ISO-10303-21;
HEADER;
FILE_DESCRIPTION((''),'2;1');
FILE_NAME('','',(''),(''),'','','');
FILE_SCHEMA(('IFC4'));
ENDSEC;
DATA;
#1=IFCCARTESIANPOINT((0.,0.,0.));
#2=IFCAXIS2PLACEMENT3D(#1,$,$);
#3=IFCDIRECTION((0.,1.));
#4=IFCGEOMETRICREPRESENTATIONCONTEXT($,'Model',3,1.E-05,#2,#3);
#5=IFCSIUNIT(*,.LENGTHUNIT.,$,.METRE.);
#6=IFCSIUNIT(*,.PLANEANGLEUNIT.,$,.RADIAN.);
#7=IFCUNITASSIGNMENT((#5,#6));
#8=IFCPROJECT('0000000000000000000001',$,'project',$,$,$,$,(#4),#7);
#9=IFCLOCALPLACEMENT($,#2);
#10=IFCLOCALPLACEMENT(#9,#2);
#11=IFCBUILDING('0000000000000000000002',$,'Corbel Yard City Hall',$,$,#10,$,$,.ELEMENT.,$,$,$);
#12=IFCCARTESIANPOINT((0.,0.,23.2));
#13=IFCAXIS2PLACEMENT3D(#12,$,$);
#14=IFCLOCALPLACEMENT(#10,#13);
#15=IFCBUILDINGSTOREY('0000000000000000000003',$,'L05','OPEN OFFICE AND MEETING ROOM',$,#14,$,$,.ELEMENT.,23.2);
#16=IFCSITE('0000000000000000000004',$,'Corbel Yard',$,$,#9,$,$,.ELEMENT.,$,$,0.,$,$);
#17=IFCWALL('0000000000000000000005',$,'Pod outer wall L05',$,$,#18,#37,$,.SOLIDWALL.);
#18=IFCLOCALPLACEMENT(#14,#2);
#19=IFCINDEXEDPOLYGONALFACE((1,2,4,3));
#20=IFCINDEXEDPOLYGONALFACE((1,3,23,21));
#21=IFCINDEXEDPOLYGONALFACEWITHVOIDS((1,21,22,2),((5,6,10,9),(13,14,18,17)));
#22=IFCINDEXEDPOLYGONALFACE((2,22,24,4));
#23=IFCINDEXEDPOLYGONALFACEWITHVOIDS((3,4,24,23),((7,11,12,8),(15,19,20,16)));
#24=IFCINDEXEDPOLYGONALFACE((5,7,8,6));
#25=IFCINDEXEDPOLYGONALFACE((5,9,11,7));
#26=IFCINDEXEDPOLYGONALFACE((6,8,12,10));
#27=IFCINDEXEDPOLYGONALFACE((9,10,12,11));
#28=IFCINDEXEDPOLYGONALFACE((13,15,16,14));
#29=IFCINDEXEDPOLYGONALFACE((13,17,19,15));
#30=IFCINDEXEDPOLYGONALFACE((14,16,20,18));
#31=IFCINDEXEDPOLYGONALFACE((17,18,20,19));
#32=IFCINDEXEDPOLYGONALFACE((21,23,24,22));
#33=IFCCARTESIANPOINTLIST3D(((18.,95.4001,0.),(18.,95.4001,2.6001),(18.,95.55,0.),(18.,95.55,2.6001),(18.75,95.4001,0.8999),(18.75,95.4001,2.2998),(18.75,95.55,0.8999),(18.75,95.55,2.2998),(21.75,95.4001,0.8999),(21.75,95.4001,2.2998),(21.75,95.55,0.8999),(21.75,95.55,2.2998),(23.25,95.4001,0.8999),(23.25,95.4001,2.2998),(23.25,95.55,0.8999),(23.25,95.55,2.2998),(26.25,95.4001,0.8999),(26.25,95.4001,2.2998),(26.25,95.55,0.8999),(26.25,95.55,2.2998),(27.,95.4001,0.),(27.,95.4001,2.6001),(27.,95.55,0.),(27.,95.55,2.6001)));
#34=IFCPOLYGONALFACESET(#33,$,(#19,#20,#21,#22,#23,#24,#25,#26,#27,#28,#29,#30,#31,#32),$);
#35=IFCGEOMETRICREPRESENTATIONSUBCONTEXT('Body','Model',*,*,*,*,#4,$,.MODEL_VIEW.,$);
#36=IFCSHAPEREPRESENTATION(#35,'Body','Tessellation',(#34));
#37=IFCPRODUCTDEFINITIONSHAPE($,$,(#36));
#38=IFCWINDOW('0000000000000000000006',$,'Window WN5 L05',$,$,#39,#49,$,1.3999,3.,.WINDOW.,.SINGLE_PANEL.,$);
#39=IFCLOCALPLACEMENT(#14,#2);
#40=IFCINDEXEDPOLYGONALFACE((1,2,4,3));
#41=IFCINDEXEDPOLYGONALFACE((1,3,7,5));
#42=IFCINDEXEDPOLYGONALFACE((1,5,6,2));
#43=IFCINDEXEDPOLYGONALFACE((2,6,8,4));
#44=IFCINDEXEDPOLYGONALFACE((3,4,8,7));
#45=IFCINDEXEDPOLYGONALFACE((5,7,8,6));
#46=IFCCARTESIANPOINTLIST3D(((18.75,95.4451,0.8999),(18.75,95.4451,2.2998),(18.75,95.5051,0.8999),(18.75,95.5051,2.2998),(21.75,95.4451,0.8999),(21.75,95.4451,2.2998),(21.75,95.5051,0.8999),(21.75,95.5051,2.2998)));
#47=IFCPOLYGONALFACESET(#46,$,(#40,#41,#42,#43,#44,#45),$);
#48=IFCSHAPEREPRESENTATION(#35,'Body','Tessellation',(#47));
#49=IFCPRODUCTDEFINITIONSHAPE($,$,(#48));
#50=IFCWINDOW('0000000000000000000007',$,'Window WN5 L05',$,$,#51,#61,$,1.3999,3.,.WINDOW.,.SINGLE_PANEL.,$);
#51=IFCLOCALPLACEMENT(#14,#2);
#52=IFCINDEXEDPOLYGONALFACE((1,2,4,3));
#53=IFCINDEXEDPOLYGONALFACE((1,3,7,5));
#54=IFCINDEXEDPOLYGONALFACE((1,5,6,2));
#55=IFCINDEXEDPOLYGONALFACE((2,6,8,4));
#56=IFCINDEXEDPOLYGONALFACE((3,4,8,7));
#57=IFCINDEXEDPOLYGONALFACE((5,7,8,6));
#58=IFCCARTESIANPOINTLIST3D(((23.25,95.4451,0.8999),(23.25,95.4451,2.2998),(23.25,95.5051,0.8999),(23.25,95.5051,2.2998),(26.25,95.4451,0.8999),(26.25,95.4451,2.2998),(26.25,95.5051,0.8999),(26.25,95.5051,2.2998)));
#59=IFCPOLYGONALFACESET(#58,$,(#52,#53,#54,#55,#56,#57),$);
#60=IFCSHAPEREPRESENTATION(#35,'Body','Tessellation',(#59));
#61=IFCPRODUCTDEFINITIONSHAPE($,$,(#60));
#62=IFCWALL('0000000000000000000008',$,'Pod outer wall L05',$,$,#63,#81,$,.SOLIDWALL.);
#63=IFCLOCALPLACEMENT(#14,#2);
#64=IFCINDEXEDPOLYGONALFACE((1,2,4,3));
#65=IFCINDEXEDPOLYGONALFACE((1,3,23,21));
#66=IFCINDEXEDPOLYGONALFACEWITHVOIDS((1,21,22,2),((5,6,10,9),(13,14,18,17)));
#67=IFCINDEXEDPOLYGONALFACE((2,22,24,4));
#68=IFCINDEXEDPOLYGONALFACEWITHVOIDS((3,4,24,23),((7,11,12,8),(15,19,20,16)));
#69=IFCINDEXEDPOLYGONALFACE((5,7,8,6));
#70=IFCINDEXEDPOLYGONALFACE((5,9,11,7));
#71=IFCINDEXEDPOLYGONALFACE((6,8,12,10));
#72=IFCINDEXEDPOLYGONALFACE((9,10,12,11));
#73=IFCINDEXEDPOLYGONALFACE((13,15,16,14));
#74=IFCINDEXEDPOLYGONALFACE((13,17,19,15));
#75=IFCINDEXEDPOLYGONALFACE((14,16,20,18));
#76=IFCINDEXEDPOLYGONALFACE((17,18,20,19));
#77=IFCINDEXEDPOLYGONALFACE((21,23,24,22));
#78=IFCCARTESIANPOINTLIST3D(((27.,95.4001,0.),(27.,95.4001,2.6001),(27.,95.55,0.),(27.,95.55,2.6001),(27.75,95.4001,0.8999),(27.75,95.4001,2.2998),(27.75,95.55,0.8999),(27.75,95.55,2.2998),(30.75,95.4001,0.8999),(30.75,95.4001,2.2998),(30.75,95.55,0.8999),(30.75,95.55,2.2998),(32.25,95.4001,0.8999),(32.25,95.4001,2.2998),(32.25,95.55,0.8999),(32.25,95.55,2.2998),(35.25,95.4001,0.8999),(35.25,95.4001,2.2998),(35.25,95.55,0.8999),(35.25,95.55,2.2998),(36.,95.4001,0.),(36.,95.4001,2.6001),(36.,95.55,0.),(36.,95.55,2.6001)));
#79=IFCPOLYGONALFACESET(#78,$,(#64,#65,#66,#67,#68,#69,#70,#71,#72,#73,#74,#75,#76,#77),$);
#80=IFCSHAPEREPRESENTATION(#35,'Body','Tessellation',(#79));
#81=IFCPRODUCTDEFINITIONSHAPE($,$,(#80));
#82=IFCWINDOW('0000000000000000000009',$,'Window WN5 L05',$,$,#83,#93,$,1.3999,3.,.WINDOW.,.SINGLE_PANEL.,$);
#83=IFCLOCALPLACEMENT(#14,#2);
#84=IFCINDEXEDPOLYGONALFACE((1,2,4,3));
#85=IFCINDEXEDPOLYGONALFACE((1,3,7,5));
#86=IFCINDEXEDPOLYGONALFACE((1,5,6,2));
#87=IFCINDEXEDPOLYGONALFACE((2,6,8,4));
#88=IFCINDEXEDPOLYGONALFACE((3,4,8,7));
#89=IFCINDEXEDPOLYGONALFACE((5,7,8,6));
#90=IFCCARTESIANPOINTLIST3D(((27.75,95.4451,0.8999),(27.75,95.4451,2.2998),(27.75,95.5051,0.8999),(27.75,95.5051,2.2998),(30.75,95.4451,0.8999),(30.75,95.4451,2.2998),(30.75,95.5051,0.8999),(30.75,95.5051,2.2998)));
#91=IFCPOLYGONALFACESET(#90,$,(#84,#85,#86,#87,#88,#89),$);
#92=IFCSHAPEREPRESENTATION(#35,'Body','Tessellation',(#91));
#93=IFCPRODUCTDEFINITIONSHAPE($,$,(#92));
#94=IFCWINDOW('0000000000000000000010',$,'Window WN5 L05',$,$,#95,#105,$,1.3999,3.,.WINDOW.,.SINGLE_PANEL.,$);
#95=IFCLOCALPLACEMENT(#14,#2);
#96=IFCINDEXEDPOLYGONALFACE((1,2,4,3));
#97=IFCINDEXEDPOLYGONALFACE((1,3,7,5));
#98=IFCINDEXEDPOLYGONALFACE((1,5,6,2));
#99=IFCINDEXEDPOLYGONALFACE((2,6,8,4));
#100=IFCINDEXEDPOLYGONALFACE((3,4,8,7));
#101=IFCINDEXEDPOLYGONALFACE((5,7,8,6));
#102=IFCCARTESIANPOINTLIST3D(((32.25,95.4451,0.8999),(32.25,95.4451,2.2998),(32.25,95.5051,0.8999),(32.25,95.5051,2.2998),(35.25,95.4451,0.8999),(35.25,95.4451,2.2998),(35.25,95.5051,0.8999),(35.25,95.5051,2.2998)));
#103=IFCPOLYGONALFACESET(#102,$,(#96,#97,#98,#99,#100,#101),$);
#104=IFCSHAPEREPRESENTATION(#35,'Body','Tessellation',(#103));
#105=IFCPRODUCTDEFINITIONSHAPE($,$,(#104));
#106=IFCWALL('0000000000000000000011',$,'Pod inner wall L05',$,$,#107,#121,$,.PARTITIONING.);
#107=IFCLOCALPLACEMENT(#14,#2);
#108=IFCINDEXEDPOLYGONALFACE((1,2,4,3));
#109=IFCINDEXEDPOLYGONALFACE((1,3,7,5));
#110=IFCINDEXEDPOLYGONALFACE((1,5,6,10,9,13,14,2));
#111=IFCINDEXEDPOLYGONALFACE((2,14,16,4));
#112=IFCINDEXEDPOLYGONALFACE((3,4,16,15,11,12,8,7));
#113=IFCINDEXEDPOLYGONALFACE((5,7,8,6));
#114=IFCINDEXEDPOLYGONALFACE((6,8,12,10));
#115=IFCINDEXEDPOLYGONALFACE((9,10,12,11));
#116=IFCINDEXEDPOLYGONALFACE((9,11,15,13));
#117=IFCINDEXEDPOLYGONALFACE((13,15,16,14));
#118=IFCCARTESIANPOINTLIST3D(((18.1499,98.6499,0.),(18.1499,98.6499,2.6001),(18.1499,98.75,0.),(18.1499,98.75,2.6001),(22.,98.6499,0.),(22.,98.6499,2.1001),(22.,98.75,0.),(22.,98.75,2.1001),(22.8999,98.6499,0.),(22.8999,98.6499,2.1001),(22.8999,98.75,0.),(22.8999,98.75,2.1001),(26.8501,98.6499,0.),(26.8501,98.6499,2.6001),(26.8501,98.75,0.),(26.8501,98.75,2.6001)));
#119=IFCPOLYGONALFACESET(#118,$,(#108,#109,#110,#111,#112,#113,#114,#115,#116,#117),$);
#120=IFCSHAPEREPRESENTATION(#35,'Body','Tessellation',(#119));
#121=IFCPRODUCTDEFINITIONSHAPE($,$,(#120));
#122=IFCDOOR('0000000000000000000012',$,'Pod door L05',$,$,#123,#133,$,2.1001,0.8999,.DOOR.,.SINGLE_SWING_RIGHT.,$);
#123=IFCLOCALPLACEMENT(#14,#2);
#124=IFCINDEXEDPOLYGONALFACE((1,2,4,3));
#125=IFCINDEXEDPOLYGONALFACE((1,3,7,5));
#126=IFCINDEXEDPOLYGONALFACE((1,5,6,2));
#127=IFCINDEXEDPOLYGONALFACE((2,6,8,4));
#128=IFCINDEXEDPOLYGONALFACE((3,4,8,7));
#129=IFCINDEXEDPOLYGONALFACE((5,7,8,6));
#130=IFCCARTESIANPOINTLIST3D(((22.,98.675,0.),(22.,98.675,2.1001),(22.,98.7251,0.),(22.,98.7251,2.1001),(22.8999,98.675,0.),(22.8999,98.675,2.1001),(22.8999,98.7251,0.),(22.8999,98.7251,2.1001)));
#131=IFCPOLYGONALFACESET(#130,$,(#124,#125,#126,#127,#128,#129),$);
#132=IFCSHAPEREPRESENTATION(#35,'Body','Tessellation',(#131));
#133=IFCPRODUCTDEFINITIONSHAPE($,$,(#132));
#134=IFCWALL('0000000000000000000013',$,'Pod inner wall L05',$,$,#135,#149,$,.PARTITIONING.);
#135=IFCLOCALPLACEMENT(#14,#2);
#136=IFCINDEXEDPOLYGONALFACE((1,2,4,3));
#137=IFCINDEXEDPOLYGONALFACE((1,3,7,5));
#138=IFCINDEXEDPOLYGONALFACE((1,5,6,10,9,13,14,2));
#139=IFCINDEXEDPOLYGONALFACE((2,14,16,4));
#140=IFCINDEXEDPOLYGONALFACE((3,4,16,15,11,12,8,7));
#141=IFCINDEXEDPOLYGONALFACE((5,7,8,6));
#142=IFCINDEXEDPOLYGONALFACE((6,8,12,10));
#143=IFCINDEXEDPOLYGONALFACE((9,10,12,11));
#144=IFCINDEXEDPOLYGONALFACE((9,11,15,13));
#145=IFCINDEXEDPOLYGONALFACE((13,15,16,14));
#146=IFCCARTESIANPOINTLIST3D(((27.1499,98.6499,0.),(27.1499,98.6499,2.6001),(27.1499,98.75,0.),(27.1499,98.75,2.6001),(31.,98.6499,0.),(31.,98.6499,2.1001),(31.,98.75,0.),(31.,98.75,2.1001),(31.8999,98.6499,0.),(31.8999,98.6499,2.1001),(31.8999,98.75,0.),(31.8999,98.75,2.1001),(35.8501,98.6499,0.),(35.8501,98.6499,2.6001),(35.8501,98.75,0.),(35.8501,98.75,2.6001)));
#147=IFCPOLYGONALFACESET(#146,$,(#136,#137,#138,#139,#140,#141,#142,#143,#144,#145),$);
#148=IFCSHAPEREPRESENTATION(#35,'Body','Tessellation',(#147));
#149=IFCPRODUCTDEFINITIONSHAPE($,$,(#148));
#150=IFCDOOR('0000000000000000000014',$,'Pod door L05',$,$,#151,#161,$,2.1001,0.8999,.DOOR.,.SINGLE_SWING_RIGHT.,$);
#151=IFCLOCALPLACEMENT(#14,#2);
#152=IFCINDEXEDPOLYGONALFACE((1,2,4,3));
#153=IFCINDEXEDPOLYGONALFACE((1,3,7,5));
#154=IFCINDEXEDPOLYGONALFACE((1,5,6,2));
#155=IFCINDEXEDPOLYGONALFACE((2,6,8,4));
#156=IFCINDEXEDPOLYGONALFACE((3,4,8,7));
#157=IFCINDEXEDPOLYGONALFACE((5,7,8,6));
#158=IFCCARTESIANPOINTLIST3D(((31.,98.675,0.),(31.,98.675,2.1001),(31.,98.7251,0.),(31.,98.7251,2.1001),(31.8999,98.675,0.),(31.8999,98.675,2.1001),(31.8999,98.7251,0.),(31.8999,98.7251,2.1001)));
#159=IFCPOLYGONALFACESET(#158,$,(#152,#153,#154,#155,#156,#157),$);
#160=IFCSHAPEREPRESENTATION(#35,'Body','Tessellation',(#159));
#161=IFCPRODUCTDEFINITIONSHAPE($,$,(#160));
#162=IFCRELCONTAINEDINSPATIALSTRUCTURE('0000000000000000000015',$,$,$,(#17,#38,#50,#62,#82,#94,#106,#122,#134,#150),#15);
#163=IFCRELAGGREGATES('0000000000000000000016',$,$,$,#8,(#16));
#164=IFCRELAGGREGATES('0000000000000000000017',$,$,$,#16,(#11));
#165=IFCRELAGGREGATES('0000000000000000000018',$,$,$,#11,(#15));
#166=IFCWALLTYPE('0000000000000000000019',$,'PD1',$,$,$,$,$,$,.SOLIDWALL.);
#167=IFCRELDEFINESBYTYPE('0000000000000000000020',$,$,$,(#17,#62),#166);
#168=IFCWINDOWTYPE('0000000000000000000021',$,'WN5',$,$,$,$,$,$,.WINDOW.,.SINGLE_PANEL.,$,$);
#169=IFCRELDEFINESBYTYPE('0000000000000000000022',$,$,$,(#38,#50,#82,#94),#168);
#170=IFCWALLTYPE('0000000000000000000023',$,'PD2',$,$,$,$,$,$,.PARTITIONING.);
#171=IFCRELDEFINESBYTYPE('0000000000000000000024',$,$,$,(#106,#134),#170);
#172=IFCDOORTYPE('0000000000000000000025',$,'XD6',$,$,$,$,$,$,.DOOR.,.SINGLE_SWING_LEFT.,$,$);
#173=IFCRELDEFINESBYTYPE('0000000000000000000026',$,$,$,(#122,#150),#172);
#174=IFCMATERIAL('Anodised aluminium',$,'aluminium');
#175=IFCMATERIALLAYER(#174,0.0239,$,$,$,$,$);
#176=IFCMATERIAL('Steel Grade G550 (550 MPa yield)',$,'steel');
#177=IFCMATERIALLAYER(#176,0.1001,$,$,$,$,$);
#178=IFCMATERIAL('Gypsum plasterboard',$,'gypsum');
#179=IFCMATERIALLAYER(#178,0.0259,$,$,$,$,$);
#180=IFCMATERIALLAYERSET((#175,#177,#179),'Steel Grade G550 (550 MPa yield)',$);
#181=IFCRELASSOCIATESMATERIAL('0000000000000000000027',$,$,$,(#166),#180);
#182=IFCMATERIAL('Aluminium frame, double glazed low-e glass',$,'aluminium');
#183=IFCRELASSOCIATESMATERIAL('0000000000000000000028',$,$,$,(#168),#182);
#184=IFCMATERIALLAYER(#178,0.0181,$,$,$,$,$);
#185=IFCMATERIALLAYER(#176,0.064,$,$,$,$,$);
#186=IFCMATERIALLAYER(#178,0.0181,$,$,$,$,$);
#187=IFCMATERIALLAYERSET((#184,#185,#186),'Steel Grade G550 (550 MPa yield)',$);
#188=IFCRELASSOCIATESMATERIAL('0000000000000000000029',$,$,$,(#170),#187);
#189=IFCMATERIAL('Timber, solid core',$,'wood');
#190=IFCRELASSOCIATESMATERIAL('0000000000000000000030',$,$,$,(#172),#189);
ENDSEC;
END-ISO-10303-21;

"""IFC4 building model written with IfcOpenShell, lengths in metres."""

from ifc_helpers import new_model, si_unit, direction, frame, frame_2d, origin, place, context, subcontext, project, spatial, rectangle, extrude, material, layer, layer_set, type_object, element, fill, save


model = new_model("IFC4")

# Units and contexts
model_context = context("Model", 3, precision=1e-05, world=origin(), true_north=direction((0.0, 1.0)))
body_context = subcontext(model_context, "Body", "Model", "MODEL_VIEW")
ifc_project = project(units=[si_unit("LENGTHUNIT", "METRE"), si_unit("PLANEANGLEUNIT", "RADIAN")], contexts=[model_context])

# Site, building, storey
site_placement = place(None, origin())
site = spatial("IfcSite", under=ifc_project, at=site_placement, Name="Corbel Yard", CompositionType="ELEMENT", RefElevation=0.0)
building_placement = place(site_placement, origin())
building = spatial("IfcBuilding", under=site, at=building_placement, Name="Corbel Yard City Hall", CompositionType="ELEMENT")
storey_placement = place(building_placement, frame((0.0, 0.0, 23.2)))
storey = spatial("IfcBuildingStorey", under=building, at=storey_placement, Name="L05", Description="OPEN OFFICE AND MEETING ROOM", CompositionType="ELEMENT", Elevation=23.2)

# Walls, openings, windows
ifc_material_1 = material(Name="Anodised aluminium", Category="aluminium")
ifc_layer_1 = layer(ifc_material_1, 0.0239)
ifc_material_2 = material(Name="Steel Grade G550 (550 MPa yield)", Category="steel")
ifc_layer_2 = layer(ifc_material_2, 0.1001)
ifc_material_3 = material(Name="Gypsum plasterboard", Category="gypsum")
ifc_layer_3 = layer(ifc_material_3, 0.0259)
ifc_layer_set_1 = layer_set([ifc_layer_1, ifc_layer_2, ifc_layer_3], Name="Steel Grade G550 (550 MPa yield)")
wall_type_1 = type_object("IfcWallType", Name="PD1", PredefinedType="SOLIDWALL", material=ifc_layer_set_1)
wall_1_placement = place(storey_placement, frame((18.0, 95.4751, 0.0), z_axis=(0.0, 0.0, 1.0), x_axis=(1.0, 0.0, 0.0)))
wall_1 = element("IfcWall", 1, at=wall_1_placement, inside=storey, type_object=wall_type_1, Name="Pod outer wall L05", PredefinedType="SOLIDWALL", context=body_context, shape_type="SweptSolid", body=[
    extrude(rectangle(XDim=9.0, YDim=0.1499, at=frame_2d((4.5, 0.0))), origin(), (0.0, 0.0, 1.0), 2.6001),
])
opening_1_placement = place(wall_1_placement, frame((0.75, 0.0, 0.8999)))
opening_1 = element("IfcOpeningElement", 2, at=opening_1_placement, cuts=wall_1, PredefinedType="OPENING", context=body_context, shape_type="SweptSolid", body=[
    extrude(rectangle(XDim=3.0, YDim=1.3999, at=frame_2d((1.5, 0.7))), frame((0.0, 0.085, 0.0), z_axis=(0.0, -1.0, 0.0), x_axis=(1.0, 0.0, 0.0)), (0.0, 0.0, 1.0), 0.1699),
])
opening_2_placement = place(wall_1_placement, frame((5.25, 0.0, 0.8999)))
opening_2 = element("IfcOpeningElement", 3, at=opening_2_placement, cuts=wall_1, PredefinedType="OPENING", context=body_context, shape_type="SweptSolid", body=[
    extrude(rectangle(XDim=3.0, YDim=1.3999, at=frame_2d((1.5, 0.7))), frame((0.0, 0.085, 0.0), z_axis=(0.0, -1.0, 0.0), x_axis=(1.0, 0.0, 0.0)), (0.0, 0.0, 1.0), 0.1699),
])
ifc_material_4 = material(Name="Aluminium frame, double glazed low-e glass", Category="aluminium")
window_type_1 = type_object("IfcWindowType", Name="WN5", PartitioningType="SINGLE_PANEL", PredefinedType="WINDOW", material=ifc_material_4)
window_1_placement = place(opening_1_placement, origin())
window_1 = element("IfcWindow", 4, at=window_1_placement, inside=storey, type_object=window_type_1, Name="Window WN5 L05", OverallHeight=1.3999, OverallWidth=3.0, PartitioningType="SINGLE_PANEL", PredefinedType="WINDOW", context=body_context, shape_type="SweptSolid", body=[
    extrude(rectangle(XDim=3.0, YDim=1.3999, at=frame_2d((1.5, 0.7))), frame((0.0, 0.03, 0.0), z_axis=(0.0, -1.0, 0.0), x_axis=(1.0, 0.0, 0.0)), (0.0, 0.0, 1.0), 0.0601),
])
fill(opening_1, window_1)
window_2_placement = place(opening_2_placement, origin())
window_2 = element("IfcWindow", 5, at=window_2_placement, inside=storey, type_object=window_type_1, Name="Window WN5 L05", OverallHeight=1.3999, OverallWidth=3.0, PartitioningType="SINGLE_PANEL", PredefinedType="WINDOW", context=body_context, shape_type="SweptSolid", body=[
    extrude(rectangle(XDim=3.0, YDim=1.3999, at=frame_2d((1.5, 0.7))), frame((0.0, 0.03, 0.0), z_axis=(0.0, -1.0, 0.0), x_axis=(1.0, 0.0, 0.0)), (0.0, 0.0, 1.0), 0.0601),
])
fill(opening_2, window_2)
wall_2_placement = place(storey_placement, frame((27.0, 95.4751, 0.0), z_axis=(0.0, 0.0, 1.0), x_axis=(1.0, 0.0, 0.0)))
wall_2 = element("IfcWall", 6, at=wall_2_placement, inside=storey, type_object=wall_type_1, Name="Pod outer wall L05", PredefinedType="SOLIDWALL", context=body_context, shape_type="SweptSolid", body=[
    extrude(rectangle(XDim=9.0, YDim=0.1499, at=frame_2d((4.5, 0.0))), origin(), (0.0, 0.0, 1.0), 2.6001),
])
opening_3_placement = place(wall_2_placement, frame((0.75, 0.0, 0.8999)))
opening_3 = element("IfcOpeningElement", 7, at=opening_3_placement, cuts=wall_2, PredefinedType="OPENING", context=body_context, shape_type="SweptSolid", body=[
    extrude(rectangle(XDim=3.0, YDim=1.3999, at=frame_2d((1.5, 0.7))), frame((0.0, 0.085, 0.0), z_axis=(0.0, -1.0, 0.0), x_axis=(1.0, 0.0, 0.0)), (0.0, 0.0, 1.0), 0.1699),
])
opening_4_placement = place(wall_2_placement, frame((5.25, 0.0, 0.8999)))
opening_4 = element("IfcOpeningElement", 8, at=opening_4_placement, cuts=wall_2, PredefinedType="OPENING", context=body_context, shape_type="SweptSolid", body=[
    extrude(rectangle(XDim=3.0, YDim=1.3999, at=frame_2d((1.5, 0.7))), frame((0.0, 0.085, 0.0), z_axis=(0.0, -1.0, 0.0), x_axis=(1.0, 0.0, 0.0)), (0.0, 0.0, 1.0), 0.1699),
])
window_3_placement = place(opening_3_placement, origin())
window_3 = element("IfcWindow", 9, at=window_3_placement, inside=storey, type_object=window_type_1, Name="Window WN5 L05", OverallHeight=1.3999, OverallWidth=3.0, PartitioningType="SINGLE_PANEL", PredefinedType="WINDOW", context=body_context, shape_type="SweptSolid", body=[
    extrude(rectangle(XDim=3.0, YDim=1.3999, at=frame_2d((1.5, 0.7))), frame((0.0, 0.03, 0.0), z_axis=(0.0, -1.0, 0.0), x_axis=(1.0, 0.0, 0.0)), (0.0, 0.0, 1.0), 0.0601),
])
fill(opening_3, window_3)
window_4_placement = place(opening_4_placement, origin())
window_4 = element("IfcWindow", 10, at=window_4_placement, inside=storey, type_object=window_type_1, Name="Window WN5 L05", OverallHeight=1.3999, OverallWidth=3.0, PartitioningType="SINGLE_PANEL", PredefinedType="WINDOW", context=body_context, shape_type="SweptSolid", body=[
    extrude(rectangle(XDim=3.0, YDim=1.3999, at=frame_2d((1.5, 0.7))), frame((0.0, 0.03, 0.0), z_axis=(0.0, -1.0, 0.0), x_axis=(1.0, 0.0, 0.0)), (0.0, 0.0, 1.0), 0.0601),
])
fill(opening_4, window_4)

# Walls, openings, doors
ifc_layer_4 = layer(ifc_material_3, 0.0181)
ifc_layer_5 = layer(ifc_material_2, 0.064)
ifc_layer_6 = layer(ifc_material_3, 0.0181)
ifc_layer_set_2 = layer_set([ifc_layer_4, ifc_layer_5, ifc_layer_6], Name="Steel Grade G550 (550 MPa yield)")
wall_type_2 = type_object("IfcWallType", Name="PD2", PredefinedType="PARTITIONING", material=ifc_layer_set_2)
wall_3_placement = place(storey_placement, frame((18.1499, 98.7, 0.0), z_axis=(0.0, 0.0, 1.0), x_axis=(1.0, 0.0, 0.0)))
wall_3 = element("IfcWall", 11, at=wall_3_placement, inside=storey, type_object=wall_type_2, Name="Pod inner wall L05", PredefinedType="PARTITIONING", context=body_context, shape_type="SweptSolid", body=[
    extrude(rectangle(XDim=8.7002, YDim=0.1001, at=frame_2d((4.3501, 0.0))), origin(), (0.0, 0.0, 1.0), 2.6001),
])
opening_5_placement = place(wall_3_placement, frame((3.8501, 0.0, 0.0)))
opening_5 = element("IfcOpeningElement", 12, at=opening_5_placement, cuts=wall_3, PredefinedType="OPENING", context=body_context, shape_type="SweptSolid", body=[
    extrude(rectangle(XDim=0.8999, YDim=2.1001, at=frame_2d((0.45, 1.05))), frame((0.0, 0.0601, 0.0), z_axis=(0.0, -1.0, 0.0), x_axis=(1.0, 0.0, 0.0)), (0.0, 0.0, 1.0), 0.1201),
])
ifc_material_5 = material(Name="Timber, solid core", Category="wood")
door_type = type_object("IfcDoorType", Name="XD6", OperationType="SINGLE_SWING_LEFT", PredefinedType="DOOR", material=ifc_material_5)
door_1_placement = place(opening_5_placement, frame((0.8999, 0.0, 0.0), z_axis=(0.0, 0.0, 1.0), x_axis=(-1.0, 0.0, 0.0)))
door_1 = element("IfcDoor", 13, at=door_1_placement, inside=storey, type_object=door_type, Name="Pod door L05", OperationType="SINGLE_SWING_RIGHT", OverallHeight=2.1001, OverallWidth=0.8999, PredefinedType="DOOR", context=body_context, shape_type="SweptSolid", body=[
    extrude(rectangle(XDim=0.8999, YDim=2.1001, at=frame_2d((0.45, 1.05))), frame((0.0, 0.0249, 0.0), z_axis=(0.0, -1.0, 0.0), x_axis=(1.0, 0.0, 0.0)), (0.0, 0.0, 1.0), 0.05),
])
fill(opening_5, door_1)
wall_4_placement = place(storey_placement, frame((27.1499, 98.7, 0.0), z_axis=(0.0, 0.0, 1.0), x_axis=(1.0, 0.0, 0.0)))
wall_4 = element("IfcWall", 14, at=wall_4_placement, inside=storey, type_object=wall_type_2, Name="Pod inner wall L05", PredefinedType="PARTITIONING", context=body_context, shape_type="SweptSolid", body=[
    extrude(rectangle(XDim=8.7002, YDim=0.1001, at=frame_2d((4.3501, 0.0))), origin(), (0.0, 0.0, 1.0), 2.6001),
])
opening_6_placement = place(wall_4_placement, frame((3.8501, 0.0, 0.0)))
opening_6 = element("IfcOpeningElement", 15, at=opening_6_placement, cuts=wall_4, PredefinedType="OPENING", context=body_context, shape_type="SweptSolid", body=[
    extrude(rectangle(XDim=0.8999, YDim=2.1001, at=frame_2d((0.45, 1.05))), frame((0.0, 0.0601, 0.0), z_axis=(0.0, -1.0, 0.0), x_axis=(1.0, 0.0, 0.0)), (0.0, 0.0, 1.0), 0.1201),
])
door_2_placement = place(opening_6_placement, frame((0.8999, 0.0, 0.0), z_axis=(0.0, 0.0, 1.0), x_axis=(-1.0, 0.0, 0.0)))
door_2 = element("IfcDoor", 16, at=door_2_placement, inside=storey, type_object=door_type, Name="Pod door L05", OperationType="SINGLE_SWING_RIGHT", OverallHeight=2.1001, OverallWidth=0.8999, PredefinedType="DOOR", context=body_context, shape_type="SweptSolid", body=[
    extrude(rectangle(XDim=0.8999, YDim=2.1001, at=frame_2d((0.45, 1.05))), frame((0.0, 0.0249, 0.0), z_axis=(0.0, -1.0, 0.0), x_axis=(1.0, 0.0, 0.0)), (0.0, 0.0, 1.0), 0.05),
])
fill(opening_6, door_2)

save(model, "model.ifc")
